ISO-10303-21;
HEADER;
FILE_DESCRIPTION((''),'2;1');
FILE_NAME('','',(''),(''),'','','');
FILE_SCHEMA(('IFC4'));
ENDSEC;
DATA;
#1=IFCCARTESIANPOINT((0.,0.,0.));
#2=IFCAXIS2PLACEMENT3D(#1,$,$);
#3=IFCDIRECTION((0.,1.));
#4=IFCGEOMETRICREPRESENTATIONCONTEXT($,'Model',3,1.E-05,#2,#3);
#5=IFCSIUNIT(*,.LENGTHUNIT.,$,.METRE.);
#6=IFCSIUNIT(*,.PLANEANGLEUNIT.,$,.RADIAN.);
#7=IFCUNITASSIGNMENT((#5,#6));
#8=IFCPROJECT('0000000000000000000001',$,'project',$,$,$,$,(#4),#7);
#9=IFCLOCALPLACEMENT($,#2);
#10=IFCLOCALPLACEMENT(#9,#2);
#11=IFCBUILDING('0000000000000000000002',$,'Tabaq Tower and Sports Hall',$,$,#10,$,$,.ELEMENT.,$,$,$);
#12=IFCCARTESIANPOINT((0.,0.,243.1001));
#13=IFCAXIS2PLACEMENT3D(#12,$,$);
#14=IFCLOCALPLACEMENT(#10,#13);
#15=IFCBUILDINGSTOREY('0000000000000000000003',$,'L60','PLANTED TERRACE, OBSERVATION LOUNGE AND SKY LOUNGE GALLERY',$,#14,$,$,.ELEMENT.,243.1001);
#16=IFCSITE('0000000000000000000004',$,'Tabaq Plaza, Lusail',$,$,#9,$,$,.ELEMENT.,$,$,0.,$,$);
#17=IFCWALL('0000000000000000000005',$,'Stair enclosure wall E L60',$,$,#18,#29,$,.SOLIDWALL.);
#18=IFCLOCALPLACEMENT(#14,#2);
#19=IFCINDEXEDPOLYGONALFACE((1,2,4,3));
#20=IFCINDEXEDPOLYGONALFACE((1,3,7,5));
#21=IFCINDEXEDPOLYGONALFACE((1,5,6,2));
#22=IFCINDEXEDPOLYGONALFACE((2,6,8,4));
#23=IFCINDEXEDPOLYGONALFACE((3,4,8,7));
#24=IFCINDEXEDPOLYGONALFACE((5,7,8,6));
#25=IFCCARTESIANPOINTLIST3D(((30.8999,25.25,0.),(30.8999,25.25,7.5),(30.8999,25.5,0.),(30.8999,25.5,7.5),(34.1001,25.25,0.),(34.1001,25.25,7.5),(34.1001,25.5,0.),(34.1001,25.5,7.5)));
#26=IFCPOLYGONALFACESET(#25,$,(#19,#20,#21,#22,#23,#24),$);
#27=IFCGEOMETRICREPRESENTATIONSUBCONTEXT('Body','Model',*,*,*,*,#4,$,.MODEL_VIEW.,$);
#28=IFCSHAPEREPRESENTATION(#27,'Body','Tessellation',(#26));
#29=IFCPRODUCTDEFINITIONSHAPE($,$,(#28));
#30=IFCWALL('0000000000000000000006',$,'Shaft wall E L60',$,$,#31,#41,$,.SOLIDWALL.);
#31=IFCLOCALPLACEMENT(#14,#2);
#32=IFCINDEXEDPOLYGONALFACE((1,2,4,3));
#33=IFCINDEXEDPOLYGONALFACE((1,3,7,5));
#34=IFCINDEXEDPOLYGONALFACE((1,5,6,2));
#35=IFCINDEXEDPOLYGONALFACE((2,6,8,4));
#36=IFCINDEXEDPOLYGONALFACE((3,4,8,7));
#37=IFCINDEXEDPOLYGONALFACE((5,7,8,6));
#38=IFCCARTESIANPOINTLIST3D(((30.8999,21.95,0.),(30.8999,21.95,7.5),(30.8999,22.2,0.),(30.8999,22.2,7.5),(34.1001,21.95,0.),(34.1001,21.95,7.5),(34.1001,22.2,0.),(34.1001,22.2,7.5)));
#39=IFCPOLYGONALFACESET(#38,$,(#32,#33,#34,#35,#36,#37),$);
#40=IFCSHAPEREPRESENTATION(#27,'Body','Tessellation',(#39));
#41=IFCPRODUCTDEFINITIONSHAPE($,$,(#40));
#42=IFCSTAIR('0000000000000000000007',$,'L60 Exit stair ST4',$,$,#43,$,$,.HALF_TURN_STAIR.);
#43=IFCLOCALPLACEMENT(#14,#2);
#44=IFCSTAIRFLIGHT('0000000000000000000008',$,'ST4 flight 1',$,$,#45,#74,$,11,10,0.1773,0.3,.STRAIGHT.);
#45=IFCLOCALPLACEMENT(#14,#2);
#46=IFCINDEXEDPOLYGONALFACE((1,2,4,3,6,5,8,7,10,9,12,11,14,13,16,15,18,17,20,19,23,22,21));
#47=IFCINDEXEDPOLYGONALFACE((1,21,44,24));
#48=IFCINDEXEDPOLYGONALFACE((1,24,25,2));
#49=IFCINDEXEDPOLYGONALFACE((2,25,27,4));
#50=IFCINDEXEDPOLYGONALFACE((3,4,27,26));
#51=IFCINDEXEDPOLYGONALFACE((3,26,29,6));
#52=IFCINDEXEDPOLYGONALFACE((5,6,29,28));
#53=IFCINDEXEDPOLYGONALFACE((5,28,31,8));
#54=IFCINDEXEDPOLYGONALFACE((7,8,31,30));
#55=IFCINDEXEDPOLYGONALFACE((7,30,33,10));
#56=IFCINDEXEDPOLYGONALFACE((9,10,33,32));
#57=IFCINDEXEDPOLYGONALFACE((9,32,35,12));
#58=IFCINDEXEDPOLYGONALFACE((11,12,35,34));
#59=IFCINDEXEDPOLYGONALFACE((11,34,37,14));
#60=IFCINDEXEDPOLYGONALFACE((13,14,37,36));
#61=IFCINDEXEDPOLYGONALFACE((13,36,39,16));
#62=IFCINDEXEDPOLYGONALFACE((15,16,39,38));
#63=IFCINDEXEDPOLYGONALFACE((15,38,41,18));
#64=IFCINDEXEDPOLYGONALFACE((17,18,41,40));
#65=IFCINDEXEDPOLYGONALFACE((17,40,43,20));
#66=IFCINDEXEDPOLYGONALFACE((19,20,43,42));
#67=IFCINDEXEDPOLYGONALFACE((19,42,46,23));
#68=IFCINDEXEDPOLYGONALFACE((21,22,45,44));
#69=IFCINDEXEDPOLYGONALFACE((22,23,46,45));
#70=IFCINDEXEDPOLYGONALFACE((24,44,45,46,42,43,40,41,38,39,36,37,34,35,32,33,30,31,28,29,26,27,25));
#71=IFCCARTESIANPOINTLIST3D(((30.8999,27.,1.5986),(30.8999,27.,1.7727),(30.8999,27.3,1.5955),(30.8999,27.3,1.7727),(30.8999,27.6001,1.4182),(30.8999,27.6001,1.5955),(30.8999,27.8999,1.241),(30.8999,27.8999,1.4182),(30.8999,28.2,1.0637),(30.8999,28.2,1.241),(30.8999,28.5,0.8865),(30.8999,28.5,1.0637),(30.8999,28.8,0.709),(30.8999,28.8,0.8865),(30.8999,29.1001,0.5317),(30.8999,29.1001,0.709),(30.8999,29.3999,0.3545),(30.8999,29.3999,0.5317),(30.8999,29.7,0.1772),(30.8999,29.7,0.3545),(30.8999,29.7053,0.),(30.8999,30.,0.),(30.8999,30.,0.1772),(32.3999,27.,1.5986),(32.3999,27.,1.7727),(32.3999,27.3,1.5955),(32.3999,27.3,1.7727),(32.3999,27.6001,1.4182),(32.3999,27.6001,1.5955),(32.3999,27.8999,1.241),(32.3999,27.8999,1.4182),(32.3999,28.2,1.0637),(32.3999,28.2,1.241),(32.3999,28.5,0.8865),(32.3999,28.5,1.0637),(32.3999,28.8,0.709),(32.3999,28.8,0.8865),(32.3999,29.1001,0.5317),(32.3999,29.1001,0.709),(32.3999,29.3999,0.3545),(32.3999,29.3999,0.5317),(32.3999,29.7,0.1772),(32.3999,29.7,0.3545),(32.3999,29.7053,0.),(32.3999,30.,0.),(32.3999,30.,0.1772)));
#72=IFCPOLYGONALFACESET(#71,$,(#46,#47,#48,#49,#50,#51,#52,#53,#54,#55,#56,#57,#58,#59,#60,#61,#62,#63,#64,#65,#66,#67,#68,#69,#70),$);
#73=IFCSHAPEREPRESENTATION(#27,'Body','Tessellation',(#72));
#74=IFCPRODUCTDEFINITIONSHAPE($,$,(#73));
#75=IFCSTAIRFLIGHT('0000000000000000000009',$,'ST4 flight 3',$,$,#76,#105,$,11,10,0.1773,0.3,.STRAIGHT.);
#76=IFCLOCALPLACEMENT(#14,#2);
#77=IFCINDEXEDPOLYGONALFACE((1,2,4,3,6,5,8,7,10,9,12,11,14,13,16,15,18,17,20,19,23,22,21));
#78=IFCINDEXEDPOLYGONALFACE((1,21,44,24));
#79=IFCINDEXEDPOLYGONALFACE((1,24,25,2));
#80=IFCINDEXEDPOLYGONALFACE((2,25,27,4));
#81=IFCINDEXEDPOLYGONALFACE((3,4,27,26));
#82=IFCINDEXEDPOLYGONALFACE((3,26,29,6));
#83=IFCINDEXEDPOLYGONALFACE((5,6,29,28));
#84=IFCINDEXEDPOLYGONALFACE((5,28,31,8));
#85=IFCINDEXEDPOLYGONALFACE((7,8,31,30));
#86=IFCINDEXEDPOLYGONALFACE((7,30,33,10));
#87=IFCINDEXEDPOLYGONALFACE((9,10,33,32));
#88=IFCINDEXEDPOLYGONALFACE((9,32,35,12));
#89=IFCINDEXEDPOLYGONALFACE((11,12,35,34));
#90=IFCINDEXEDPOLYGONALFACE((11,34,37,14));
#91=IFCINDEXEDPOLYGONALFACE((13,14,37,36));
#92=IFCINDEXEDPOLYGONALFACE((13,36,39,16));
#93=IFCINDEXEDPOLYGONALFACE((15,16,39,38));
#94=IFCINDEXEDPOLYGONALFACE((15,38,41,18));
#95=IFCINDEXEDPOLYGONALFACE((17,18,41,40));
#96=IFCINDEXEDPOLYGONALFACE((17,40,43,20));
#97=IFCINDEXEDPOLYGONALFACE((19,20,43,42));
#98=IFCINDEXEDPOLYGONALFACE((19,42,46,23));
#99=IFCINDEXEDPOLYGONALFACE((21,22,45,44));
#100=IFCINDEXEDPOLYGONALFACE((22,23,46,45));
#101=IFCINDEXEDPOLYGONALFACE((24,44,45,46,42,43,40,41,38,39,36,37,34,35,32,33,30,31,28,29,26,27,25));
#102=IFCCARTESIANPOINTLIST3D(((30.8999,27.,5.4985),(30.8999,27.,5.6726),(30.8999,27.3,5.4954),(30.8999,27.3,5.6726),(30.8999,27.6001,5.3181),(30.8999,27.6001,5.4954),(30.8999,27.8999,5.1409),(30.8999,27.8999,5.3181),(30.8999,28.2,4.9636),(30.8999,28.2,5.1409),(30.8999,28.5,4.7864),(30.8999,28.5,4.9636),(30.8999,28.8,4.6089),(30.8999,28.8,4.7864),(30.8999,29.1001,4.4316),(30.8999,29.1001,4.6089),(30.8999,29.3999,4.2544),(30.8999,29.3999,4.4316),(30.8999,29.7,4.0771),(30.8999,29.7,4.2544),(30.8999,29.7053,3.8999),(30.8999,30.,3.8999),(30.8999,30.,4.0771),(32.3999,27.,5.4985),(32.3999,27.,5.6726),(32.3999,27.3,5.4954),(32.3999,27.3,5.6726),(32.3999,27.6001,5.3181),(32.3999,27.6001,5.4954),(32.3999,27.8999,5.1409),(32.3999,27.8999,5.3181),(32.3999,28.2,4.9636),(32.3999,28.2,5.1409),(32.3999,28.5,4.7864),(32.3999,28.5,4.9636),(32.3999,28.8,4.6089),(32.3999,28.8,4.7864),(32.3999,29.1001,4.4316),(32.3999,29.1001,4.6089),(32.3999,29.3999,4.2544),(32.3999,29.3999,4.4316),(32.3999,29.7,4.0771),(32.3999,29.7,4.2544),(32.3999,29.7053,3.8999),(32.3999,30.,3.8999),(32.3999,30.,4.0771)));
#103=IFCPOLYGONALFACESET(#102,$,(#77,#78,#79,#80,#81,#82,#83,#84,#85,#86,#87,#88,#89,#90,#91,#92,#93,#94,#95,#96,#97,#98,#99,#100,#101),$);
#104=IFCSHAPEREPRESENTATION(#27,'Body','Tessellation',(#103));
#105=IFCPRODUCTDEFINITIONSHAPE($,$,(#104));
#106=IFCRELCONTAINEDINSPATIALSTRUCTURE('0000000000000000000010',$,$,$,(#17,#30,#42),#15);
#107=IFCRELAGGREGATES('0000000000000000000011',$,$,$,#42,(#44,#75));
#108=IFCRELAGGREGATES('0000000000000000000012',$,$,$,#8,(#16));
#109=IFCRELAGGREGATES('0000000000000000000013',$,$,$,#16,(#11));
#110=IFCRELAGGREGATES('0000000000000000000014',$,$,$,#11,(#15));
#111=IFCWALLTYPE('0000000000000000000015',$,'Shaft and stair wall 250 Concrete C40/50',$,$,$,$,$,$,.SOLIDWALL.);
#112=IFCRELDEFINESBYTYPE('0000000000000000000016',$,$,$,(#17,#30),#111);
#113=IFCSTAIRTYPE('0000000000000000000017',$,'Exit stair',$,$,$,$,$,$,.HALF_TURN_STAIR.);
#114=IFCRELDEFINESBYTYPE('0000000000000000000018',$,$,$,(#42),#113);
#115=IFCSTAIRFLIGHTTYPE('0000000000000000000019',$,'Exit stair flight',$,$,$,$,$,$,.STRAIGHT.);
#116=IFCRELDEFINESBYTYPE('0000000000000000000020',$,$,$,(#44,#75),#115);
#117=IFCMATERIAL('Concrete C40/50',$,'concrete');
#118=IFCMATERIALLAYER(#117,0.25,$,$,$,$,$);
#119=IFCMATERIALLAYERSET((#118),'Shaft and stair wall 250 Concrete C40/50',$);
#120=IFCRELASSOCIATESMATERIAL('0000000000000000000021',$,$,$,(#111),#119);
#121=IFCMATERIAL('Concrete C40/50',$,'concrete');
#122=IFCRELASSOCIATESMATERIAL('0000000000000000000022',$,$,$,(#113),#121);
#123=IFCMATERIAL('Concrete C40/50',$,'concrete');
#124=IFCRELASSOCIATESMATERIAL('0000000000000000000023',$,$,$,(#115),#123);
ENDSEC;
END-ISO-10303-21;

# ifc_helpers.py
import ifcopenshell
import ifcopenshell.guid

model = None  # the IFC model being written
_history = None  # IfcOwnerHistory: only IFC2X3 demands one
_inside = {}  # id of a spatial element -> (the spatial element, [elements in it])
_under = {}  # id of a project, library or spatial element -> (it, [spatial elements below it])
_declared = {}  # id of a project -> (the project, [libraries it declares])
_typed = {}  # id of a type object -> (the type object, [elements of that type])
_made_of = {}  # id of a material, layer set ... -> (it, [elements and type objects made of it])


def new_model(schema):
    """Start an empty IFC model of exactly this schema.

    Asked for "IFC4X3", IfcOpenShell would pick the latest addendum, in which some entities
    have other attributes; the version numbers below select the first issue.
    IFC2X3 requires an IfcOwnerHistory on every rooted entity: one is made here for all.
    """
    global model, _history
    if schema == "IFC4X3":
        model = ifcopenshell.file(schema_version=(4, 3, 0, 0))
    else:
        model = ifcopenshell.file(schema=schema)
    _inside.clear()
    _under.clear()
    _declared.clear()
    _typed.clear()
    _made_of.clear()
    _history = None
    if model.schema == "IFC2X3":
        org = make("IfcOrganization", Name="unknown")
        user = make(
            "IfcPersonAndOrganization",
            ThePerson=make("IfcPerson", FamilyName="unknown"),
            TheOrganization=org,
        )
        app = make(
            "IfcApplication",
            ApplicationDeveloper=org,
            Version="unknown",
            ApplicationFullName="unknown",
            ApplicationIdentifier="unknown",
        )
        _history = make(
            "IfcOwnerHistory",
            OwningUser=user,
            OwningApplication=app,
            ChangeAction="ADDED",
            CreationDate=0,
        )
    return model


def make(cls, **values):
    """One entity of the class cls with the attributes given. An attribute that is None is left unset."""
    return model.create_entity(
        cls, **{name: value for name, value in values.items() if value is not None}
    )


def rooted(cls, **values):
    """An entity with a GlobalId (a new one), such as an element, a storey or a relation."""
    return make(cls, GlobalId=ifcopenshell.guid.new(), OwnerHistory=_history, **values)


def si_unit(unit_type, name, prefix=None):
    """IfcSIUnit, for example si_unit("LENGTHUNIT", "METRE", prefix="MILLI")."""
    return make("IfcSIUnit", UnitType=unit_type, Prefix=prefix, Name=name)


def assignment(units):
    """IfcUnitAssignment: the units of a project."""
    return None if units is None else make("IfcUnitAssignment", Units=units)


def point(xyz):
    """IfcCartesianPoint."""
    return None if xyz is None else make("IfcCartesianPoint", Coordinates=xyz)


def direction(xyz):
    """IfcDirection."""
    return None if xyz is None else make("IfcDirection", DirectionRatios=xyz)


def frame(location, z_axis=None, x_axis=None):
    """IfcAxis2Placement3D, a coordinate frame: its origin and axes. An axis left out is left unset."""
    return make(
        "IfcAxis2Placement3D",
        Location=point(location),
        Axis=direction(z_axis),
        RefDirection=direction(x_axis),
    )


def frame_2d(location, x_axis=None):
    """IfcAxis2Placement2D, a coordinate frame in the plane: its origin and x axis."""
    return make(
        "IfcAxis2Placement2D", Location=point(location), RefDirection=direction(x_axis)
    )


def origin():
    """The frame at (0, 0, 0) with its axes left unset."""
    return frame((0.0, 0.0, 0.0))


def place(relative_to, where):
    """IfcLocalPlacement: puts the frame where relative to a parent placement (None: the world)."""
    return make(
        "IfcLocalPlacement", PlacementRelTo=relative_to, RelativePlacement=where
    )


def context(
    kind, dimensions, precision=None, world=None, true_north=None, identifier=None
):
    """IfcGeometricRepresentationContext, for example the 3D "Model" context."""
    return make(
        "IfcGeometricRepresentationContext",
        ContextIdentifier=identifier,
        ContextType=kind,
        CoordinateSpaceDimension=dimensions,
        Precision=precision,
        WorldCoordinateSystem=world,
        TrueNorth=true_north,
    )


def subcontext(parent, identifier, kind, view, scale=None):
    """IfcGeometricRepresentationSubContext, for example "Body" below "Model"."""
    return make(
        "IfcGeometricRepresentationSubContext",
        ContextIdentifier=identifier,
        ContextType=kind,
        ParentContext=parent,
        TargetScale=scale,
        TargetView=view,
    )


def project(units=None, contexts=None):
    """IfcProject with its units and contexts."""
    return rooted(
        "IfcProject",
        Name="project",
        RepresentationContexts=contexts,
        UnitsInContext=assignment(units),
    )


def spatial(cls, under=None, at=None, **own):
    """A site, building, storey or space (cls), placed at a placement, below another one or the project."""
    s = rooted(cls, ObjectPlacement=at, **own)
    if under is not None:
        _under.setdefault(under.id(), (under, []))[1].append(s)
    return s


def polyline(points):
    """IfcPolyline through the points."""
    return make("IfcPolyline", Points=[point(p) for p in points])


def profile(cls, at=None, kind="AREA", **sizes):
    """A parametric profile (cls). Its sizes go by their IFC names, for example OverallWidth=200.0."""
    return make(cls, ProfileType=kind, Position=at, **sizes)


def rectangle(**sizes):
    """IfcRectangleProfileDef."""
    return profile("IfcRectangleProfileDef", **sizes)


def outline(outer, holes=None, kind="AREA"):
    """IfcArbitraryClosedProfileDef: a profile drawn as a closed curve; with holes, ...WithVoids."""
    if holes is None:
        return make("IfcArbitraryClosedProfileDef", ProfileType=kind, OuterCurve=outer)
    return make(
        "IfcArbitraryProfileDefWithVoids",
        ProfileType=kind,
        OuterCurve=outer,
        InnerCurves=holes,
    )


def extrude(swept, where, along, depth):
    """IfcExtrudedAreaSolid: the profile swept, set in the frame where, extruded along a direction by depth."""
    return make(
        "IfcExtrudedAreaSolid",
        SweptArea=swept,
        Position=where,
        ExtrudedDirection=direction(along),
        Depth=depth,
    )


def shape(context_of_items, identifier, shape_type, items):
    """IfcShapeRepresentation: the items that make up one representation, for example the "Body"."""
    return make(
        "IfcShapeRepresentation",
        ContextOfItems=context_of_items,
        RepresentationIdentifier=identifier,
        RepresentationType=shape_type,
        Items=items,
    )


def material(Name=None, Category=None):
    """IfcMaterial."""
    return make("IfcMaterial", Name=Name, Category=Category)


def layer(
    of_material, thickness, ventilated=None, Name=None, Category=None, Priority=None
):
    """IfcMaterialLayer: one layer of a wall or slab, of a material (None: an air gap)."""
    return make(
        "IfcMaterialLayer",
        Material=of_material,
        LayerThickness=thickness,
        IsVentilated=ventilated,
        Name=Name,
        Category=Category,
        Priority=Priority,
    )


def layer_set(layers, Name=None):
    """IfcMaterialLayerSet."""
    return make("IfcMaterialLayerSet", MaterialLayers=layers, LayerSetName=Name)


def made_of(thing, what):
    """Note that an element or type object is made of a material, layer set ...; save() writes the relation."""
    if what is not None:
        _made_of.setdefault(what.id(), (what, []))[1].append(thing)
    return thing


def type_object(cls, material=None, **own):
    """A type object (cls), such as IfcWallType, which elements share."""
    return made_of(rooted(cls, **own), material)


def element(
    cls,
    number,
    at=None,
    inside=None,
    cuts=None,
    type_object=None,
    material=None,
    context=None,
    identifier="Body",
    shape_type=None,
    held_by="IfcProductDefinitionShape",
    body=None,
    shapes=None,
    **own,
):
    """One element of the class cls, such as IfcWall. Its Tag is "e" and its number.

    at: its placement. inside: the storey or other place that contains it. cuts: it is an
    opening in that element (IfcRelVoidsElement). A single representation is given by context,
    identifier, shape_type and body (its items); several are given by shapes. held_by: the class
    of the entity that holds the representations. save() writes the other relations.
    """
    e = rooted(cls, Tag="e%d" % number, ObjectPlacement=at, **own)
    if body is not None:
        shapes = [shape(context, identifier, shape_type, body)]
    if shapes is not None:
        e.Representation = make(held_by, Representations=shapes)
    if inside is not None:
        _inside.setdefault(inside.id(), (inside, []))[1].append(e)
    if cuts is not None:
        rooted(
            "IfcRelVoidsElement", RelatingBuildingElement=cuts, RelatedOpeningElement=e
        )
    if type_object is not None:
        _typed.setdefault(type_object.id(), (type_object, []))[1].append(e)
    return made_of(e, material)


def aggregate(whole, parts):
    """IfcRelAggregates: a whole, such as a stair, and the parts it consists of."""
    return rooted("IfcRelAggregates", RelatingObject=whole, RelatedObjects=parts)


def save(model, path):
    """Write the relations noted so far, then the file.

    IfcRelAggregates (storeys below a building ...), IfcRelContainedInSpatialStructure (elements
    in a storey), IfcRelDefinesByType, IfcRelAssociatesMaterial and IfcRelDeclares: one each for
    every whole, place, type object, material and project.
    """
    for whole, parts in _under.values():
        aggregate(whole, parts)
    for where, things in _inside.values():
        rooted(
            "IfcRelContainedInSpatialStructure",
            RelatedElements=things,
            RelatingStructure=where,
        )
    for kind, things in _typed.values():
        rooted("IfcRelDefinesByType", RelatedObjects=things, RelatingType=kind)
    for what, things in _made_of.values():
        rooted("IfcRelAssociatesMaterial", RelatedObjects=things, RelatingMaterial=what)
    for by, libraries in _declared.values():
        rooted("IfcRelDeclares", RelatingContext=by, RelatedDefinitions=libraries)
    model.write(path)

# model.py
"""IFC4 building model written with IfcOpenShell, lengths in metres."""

from ifc_helpers import new_model, si_unit, direction, frame, frame_2d, origin, place, context, subcontext, project, spatial, polyline, rectangle, outline, extrude, material, layer, layer_set, type_object, element, aggregate, save


model = new_model("IFC4")

# Units and contexts
model_context = context("Model", 3, precision=1e-05, world=origin(), true_north=direction((0.0, 1.0)))
body_context = subcontext(model_context, "Body", "Model", "MODEL_VIEW")
ifc_project = project(units=[si_unit("LENGTHUNIT", "METRE"), si_unit("PLANEANGLEUNIT", "RADIAN")], contexts=[model_context])

# Site, building, storey
site_placement = place(None, origin())
site = spatial("IfcSite", under=ifc_project, at=site_placement, Name="Tabaq Plaza, Lusail", CompositionType="ELEMENT", RefElevation=0.0)
building_placement = place(site_placement, origin())
building = spatial("IfcBuilding", under=site, at=building_placement, Name="Tabaq Tower and Sports Hall", CompositionType="ELEMENT")
storey_placement = place(building_placement, frame((0.0, 0.0, 243.1001)))
storey = spatial("IfcBuildingStorey", under=building, at=storey_placement, Name="L60", Description="PLANTED TERRACE, OBSERVATION LOUNGE AND SKY LOUNGE GALLERY", CompositionType="ELEMENT", Elevation=243.1001)

# Walls
ifc_material_1 = material(Name="Concrete C40/50", Category="concrete")
ifc_layer_1 = layer(ifc_material_1, 0.25)
ifc_layer_set_1 = layer_set([ifc_layer_1], Name="Shaft and stair wall 250 Concrete C40/50")
wall_type_1 = type_object("IfcWallType", Name="Shaft and stair wall 250 Concrete C40/50", PredefinedType="SOLIDWALL", material=ifc_layer_set_1)
for number, where, z_axis, x_axis, name in (
    (1, (30.8999, 25.375, 0.0), (0.0, 0.0, 1.0), (1.0, 0.0, 0.0), "Stair enclosure wall E L60"),
    (2, (30.8999, 22.075, 0.0), (0.0, 0.0, 1.0), (1.0, 0.0, 0.0), "Shaft wall E L60"),
):
    element("IfcWall", number, at=place(storey_placement, frame(where, z_axis=z_axis, x_axis=x_axis)), inside=storey, type_object=wall_type_1, Name=name, PredefinedType="SOLIDWALL", context=body_context, shape_type="SweptSolid", body=[
        extrude(rectangle(XDim=3.2002, YDim=0.25, at=frame_2d((1.6001, 0.0))), origin(), (0.0, 0.0, 1.0), 7.5),
    ])

# Stair, stair flights
ifc_material_2 = material(Name="Concrete C40/50", Category="concrete")
stair_type = type_object("IfcStairType", Name="Exit stair", PredefinedType="HALF_TURN_STAIR", material=ifc_material_2)
stair_placement = place(storey_placement, origin())
stair = element("IfcStair", 3, at=stair_placement, inside=storey, type_object=stair_type, Name="L60 Exit stair ST4", PredefinedType="HALF_TURN_STAIR")
ifc_material_3 = material(Name="Concrete C40/50", Category="concrete")
stair_flight_type = type_object("IfcStairFlightType", Name="Exit stair flight", PredefinedType="STRAIGHT", material=ifc_material_3)
stair_flight_1_placement = place(storey_placement, frame((31.6499, 30.0, 0.0), z_axis=(0.0, 0.0, 1.0), x_axis=(0.0, -1.0, 0.0)))
stair_flight_1 = element("IfcStairFlight", 4, at=stair_flight_1_placement, type_object=stair_flight_type, Name="ST4 flight 1", NumberOfRisers=11, NumberOfTreads=10, PredefinedType="STRAIGHT", RiserHeight=0.1773, TreadLength=0.3, context=body_context, shape_type="SweptSolid", body=[
    extrude(outline(polyline([(0.0, 0.0), (0.0, 0.1772), (0.3, 0.1772), (0.3, 0.3545), (0.6001, 0.3545), (0.6001, 0.5317), (0.8999, 0.5317), (0.8999, 0.709), (1.2, 0.709), (1.2, 0.8865), (1.5, 0.8865), (1.5, 1.0637), (1.8, 1.0637), (1.8, 1.241), (2.1001, 1.241), (2.1001, 1.4182), (2.3999, 1.4182), (2.3999, 1.5955), (2.7, 1.5955), (2.7, 1.7727), (3.0, 1.7727), (3.0, 1.95), (3.0, 1.5986), (0.2947, 0.0), (0.0, 0.0)])), frame((0.0, 0.75, 0.0), z_axis=(0.0, -1.0, 0.0), x_axis=(1.0, 0.0, 0.0)), (0.0, 0.0, 1.0), 1.5),
])
stair_flight_2_placement = place(storey_placement, frame((31.6499, 30.0, 3.8999), z_axis=(0.0, 0.0, 1.0), x_axis=(0.0, -1.0, 0.0)))
stair_flight_2 = element("IfcStairFlight", 5, at=stair_flight_2_placement, type_object=stair_flight_type, Name="ST4 flight 3", NumberOfRisers=11, NumberOfTreads=10, PredefinedType="STRAIGHT", RiserHeight=0.1773, TreadLength=0.3, context=body_context, shape_type="SweptSolid", body=[
    extrude(outline(polyline([(0.0, 0.0), (0.0, 0.1772), (0.3, 0.1772), (0.3, 0.3545), (0.6001, 0.3545), (0.6001, 0.5317), (0.8999, 0.5317), (0.8999, 0.709), (1.2, 0.709), (1.2, 0.8865), (1.5, 0.8865), (1.5, 1.0637), (1.8, 1.0637), (1.8, 1.241), (2.1001, 1.241), (2.1001, 1.4182), (2.3999, 1.4182), (2.3999, 1.5955), (2.7, 1.5955), (2.7, 1.7727), (3.0, 1.7727), (3.0, 1.95), (3.0, 1.5986), (0.2947, 0.0), (0.0, 0.0)])), frame((0.0, 0.75, 0.0), z_axis=(0.0, -1.0, 0.0), x_axis=(1.0, 0.0, 0.0)), (0.0, 0.0, 1.0), 1.5),
])
aggregate(stair, [stair_flight_1, stair_flight_2])

save(model, "model.ifc")
